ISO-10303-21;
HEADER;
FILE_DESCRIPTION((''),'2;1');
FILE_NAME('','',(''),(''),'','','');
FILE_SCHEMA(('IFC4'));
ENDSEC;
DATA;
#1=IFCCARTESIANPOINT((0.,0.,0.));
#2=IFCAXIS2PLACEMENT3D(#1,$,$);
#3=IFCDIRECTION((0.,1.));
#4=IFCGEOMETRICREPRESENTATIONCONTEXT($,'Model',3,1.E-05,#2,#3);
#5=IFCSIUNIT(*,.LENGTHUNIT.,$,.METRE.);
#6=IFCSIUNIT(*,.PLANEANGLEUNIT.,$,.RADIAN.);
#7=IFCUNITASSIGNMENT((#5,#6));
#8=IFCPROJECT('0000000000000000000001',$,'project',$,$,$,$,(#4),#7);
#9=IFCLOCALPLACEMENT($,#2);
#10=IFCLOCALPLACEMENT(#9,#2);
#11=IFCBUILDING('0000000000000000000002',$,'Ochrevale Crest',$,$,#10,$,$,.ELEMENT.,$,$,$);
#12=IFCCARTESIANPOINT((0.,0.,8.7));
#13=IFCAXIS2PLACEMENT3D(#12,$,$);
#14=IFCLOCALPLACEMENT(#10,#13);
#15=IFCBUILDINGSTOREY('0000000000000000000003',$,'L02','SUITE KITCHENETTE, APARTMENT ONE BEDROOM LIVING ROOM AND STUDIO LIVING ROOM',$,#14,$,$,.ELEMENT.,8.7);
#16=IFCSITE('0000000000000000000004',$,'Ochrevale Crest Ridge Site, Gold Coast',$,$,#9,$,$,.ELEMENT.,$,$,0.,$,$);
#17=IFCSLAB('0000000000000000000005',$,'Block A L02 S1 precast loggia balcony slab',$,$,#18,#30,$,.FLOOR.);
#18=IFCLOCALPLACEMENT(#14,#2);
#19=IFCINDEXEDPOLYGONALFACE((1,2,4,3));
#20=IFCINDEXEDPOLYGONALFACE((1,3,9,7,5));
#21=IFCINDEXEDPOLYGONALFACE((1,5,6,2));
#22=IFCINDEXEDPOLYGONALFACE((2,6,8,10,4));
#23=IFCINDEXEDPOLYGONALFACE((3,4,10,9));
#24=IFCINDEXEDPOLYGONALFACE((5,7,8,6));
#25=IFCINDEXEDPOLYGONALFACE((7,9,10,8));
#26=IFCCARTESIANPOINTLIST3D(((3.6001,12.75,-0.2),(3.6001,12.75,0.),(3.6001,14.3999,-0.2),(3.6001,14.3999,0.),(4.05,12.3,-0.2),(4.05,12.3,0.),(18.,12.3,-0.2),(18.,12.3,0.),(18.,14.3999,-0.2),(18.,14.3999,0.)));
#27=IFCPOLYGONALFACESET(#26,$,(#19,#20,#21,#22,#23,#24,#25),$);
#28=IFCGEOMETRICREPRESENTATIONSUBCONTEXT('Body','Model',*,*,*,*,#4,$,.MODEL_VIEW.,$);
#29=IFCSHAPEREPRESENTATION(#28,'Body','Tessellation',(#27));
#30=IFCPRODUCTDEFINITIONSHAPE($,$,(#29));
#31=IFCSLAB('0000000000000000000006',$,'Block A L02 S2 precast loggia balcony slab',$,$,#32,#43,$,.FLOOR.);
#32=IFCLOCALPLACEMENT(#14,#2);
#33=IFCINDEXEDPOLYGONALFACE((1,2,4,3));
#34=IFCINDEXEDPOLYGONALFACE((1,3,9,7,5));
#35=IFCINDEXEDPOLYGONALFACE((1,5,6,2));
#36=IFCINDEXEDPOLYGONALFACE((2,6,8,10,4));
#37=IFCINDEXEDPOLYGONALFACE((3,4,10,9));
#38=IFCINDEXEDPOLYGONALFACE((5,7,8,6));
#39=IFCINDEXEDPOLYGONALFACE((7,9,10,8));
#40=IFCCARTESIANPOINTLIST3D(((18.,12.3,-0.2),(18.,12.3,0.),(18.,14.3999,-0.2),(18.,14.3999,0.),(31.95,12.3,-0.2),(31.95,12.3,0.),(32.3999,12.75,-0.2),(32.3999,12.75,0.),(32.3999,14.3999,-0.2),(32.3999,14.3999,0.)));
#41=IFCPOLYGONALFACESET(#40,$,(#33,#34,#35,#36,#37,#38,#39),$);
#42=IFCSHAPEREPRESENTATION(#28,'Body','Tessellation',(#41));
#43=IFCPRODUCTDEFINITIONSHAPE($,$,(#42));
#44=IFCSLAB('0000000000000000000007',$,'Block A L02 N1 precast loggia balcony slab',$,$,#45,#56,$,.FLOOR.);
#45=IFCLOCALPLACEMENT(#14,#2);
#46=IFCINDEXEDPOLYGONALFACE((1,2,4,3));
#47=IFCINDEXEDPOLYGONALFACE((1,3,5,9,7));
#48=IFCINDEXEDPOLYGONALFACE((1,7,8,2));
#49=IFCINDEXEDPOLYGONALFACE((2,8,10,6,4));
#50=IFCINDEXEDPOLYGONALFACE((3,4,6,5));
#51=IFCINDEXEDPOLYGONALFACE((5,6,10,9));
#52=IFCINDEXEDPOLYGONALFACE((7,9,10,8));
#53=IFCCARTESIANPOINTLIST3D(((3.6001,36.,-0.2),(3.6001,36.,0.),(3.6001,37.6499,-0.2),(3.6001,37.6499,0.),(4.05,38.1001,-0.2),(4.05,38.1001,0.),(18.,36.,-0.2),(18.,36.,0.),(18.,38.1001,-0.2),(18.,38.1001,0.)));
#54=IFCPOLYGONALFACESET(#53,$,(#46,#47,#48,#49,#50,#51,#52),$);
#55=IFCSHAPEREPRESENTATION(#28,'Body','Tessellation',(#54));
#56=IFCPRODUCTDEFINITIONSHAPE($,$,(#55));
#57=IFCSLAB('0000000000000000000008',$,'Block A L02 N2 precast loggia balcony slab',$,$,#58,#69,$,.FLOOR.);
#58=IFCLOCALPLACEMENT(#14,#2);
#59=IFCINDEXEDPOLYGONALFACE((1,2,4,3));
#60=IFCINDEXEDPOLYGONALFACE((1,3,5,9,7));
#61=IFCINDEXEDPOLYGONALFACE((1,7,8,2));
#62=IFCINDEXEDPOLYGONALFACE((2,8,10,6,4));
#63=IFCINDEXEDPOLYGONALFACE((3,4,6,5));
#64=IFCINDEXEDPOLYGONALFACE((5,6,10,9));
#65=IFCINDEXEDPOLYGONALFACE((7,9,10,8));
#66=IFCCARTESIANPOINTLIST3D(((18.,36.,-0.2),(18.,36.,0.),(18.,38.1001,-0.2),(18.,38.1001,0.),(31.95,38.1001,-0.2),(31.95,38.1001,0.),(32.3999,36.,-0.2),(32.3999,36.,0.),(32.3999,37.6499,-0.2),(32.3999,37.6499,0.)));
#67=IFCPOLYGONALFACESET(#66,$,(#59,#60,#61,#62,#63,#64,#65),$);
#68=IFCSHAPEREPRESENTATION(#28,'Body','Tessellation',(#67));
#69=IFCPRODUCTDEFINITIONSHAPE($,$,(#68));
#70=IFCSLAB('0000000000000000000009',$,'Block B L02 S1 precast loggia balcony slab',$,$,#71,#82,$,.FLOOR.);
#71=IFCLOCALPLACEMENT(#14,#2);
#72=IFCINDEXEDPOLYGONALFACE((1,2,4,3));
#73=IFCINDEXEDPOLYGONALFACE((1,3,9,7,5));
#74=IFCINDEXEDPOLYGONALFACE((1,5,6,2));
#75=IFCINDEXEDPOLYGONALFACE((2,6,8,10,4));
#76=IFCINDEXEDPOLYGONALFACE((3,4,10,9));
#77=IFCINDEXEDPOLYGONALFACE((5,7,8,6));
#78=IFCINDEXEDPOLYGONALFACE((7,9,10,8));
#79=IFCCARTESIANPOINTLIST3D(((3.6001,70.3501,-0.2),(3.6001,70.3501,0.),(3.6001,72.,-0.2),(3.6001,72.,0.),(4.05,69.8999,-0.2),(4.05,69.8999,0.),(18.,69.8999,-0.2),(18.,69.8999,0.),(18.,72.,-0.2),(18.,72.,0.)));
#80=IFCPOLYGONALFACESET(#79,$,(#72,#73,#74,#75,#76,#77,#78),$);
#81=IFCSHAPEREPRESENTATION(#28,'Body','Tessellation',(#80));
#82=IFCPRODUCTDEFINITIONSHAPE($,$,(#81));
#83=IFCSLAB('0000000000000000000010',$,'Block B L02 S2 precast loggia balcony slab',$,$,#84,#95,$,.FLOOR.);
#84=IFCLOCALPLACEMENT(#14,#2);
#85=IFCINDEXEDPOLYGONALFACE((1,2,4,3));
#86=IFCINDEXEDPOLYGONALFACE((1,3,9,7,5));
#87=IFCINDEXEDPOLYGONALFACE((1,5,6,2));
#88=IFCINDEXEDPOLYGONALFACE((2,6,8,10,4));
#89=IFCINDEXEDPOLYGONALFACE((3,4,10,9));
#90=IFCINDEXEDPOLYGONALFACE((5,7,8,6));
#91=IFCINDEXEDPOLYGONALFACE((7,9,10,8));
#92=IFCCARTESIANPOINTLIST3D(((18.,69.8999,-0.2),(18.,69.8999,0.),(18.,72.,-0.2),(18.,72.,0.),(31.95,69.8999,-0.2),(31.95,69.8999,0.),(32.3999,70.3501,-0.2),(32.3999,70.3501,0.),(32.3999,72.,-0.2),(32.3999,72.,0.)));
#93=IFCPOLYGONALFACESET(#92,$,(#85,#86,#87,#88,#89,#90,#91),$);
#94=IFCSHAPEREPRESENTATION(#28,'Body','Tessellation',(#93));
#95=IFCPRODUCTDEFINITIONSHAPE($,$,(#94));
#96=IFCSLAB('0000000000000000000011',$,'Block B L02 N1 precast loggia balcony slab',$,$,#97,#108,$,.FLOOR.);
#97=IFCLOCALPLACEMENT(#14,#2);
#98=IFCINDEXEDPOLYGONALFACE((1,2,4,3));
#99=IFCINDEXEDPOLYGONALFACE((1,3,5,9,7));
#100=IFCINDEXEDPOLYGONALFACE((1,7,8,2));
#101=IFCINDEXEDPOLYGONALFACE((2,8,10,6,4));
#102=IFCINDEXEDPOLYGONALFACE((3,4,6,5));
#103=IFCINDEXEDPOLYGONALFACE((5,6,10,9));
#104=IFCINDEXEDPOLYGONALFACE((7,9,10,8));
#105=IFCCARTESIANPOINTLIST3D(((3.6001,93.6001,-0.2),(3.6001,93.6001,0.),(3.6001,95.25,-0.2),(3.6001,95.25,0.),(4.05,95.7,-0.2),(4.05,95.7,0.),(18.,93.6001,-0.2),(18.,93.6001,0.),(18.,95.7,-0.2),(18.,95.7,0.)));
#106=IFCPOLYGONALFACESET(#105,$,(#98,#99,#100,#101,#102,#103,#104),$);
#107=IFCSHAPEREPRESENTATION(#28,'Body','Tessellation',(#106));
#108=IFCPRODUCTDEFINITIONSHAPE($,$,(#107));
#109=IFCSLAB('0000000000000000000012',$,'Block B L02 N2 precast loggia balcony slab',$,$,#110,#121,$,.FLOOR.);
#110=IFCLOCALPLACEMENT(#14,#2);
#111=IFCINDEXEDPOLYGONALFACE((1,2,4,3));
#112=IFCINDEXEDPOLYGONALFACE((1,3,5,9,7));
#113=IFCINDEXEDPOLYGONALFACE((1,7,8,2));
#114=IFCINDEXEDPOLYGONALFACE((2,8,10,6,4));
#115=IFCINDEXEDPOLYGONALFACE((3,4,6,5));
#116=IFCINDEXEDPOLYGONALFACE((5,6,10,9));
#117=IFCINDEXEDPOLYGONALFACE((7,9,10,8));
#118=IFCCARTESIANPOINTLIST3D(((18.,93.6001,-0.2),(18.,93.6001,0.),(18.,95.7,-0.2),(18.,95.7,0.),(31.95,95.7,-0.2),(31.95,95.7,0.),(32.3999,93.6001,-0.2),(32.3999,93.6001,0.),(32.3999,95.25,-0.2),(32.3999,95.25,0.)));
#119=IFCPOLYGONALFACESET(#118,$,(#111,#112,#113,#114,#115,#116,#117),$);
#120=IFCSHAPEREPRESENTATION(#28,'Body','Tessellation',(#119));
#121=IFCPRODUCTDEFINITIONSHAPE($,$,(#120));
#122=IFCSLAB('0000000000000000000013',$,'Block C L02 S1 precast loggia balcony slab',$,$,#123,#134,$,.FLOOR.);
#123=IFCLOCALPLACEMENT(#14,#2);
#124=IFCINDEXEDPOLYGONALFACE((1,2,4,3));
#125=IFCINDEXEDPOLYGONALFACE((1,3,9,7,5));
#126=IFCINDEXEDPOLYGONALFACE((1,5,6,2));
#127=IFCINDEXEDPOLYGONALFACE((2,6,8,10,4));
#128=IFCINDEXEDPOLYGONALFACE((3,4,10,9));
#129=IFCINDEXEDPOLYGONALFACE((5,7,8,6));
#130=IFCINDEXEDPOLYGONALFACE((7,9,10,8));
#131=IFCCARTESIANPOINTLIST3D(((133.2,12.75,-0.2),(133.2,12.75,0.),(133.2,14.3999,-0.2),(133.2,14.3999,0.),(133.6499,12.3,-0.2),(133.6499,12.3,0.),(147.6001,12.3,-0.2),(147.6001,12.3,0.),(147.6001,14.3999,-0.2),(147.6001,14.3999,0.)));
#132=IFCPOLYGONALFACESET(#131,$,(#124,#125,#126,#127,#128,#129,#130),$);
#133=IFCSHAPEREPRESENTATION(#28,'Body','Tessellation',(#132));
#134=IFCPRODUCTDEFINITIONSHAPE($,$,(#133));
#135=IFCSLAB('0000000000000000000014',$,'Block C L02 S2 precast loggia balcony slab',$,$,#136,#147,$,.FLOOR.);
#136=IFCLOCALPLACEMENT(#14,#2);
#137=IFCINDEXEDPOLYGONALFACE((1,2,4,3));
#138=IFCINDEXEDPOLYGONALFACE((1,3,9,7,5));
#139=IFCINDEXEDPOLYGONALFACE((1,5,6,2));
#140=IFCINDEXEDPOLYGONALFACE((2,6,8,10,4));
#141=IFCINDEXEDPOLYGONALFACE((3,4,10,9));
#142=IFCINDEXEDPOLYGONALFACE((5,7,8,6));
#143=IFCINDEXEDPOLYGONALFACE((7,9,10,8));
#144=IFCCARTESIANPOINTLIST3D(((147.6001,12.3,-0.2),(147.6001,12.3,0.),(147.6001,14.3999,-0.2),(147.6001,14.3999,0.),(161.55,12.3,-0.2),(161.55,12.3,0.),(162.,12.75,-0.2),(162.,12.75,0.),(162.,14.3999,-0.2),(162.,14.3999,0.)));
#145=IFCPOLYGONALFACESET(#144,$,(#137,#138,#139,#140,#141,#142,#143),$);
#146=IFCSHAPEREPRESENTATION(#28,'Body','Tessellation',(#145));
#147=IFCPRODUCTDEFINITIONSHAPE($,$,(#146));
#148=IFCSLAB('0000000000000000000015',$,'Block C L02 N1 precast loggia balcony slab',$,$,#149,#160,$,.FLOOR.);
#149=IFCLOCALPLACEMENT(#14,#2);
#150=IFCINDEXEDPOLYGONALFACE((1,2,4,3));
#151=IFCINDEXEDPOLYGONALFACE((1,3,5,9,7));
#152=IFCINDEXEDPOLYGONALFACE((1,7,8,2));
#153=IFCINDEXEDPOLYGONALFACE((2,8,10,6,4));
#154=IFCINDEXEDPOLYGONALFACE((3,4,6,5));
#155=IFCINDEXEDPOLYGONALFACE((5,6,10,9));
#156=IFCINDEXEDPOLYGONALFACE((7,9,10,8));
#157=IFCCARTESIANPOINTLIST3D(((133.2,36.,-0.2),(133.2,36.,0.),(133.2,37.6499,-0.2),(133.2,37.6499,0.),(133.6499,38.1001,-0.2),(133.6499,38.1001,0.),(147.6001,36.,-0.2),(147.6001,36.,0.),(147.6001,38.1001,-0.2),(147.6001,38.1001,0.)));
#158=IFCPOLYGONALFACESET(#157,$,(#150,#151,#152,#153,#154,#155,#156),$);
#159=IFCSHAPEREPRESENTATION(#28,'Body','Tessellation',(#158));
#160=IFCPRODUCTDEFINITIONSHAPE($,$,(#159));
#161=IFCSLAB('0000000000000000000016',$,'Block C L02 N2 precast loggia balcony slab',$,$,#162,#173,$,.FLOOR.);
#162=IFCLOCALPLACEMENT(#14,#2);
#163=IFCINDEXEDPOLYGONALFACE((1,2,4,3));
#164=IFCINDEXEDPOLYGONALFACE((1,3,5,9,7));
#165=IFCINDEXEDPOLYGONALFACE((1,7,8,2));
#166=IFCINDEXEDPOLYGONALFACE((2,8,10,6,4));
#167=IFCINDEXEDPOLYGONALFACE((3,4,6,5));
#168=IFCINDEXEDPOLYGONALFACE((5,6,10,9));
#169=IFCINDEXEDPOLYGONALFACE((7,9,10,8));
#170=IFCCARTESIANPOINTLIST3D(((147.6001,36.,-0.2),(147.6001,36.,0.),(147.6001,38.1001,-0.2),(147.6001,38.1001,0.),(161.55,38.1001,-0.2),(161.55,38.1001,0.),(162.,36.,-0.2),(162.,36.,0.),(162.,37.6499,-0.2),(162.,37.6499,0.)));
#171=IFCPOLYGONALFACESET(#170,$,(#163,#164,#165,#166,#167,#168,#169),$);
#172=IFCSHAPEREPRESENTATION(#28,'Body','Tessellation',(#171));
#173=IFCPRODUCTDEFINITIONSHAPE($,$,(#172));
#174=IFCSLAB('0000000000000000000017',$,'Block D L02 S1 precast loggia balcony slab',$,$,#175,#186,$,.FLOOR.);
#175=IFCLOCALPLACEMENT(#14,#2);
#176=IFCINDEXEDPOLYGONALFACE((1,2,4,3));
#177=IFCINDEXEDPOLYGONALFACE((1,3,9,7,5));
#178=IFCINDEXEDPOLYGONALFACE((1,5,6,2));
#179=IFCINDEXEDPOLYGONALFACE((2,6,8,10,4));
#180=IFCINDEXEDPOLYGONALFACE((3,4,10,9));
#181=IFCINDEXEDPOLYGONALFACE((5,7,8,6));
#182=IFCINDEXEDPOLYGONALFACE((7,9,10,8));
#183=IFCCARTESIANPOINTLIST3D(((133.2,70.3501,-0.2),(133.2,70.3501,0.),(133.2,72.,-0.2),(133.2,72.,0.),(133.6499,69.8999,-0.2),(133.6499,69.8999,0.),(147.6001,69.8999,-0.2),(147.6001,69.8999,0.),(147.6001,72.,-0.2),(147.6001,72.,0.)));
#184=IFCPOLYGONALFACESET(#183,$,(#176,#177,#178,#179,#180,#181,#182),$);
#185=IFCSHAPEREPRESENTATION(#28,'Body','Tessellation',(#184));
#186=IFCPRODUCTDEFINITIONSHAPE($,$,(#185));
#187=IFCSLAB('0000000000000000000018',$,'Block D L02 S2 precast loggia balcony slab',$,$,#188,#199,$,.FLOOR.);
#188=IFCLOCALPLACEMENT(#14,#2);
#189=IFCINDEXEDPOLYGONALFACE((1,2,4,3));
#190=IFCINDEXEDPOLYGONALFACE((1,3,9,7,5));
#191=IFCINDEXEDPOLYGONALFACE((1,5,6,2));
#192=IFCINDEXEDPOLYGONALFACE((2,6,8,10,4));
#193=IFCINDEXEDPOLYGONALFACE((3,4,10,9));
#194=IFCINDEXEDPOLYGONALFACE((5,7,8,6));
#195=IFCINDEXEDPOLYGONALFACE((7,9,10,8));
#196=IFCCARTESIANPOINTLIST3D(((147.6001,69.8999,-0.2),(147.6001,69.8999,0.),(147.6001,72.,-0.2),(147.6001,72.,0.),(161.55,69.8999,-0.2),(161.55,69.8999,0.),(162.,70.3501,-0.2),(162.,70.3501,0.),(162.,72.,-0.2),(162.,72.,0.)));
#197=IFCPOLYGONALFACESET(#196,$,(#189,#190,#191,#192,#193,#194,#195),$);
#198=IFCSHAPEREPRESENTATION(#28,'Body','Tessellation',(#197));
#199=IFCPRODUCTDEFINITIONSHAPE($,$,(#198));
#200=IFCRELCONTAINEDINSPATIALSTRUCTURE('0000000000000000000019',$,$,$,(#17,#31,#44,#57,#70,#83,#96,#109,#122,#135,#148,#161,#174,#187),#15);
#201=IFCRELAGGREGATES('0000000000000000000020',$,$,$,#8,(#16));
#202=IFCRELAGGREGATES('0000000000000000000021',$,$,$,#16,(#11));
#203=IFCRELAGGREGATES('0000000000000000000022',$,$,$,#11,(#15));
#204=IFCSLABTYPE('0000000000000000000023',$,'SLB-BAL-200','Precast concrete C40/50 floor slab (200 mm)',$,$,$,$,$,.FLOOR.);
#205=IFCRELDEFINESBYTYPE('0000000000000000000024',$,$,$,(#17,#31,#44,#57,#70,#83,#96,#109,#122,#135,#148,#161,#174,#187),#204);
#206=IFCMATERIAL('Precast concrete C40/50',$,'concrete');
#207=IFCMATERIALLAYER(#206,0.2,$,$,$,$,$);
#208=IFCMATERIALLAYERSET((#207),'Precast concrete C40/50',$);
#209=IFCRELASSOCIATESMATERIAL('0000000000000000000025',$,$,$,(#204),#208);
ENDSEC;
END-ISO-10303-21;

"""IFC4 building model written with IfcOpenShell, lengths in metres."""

from ifc_helpers import new_model, si_unit, direction, frame, origin, place, context, subcontext, project, spatial, polyline, outline, extrude, material, layer, layer_set, type_object, element, save


model = new_model("IFC4")

# Units and contexts
model_context = context("Model", 3, precision=1e-05, world=origin(), true_north=direction((0.0, 1.0)))
body_context = subcontext(model_context, "Body", "Model", "MODEL_VIEW")
ifc_project = project(units=[si_unit("LENGTHUNIT", "METRE"), si_unit("PLANEANGLEUNIT", "RADIAN")], contexts=[model_context])

# Site, building, storey
site_placement = place(None, origin())
site = spatial("IfcSite", under=ifc_project, at=site_placement, Name="Ochrevale Crest Ridge Site, Gold Coast", CompositionType="ELEMENT", RefElevation=0.0)
building_placement = place(site_placement, origin())
building = spatial("IfcBuilding", under=site, at=building_placement, Name="Ochrevale Crest", CompositionType="ELEMENT")
storey_placement = place(building_placement, frame((0.0, 0.0, 8.7)))
storey = spatial("IfcBuildingStorey", under=building, at=storey_placement, Name="L02", Description="SUITE KITCHENETTE, APARTMENT ONE BEDROOM LIVING ROOM AND STUDIO LIVING ROOM", CompositionType="ELEMENT", Elevation=8.7)

# Slabs
ifc_material_1 = material(Name="Precast concrete C40/50", Category="concrete")
ifc_layer_1 = layer(ifc_material_1, 0.2)
ifc_layer_set_1 = layer_set([ifc_layer_1], Name="Precast concrete C40/50")
slab_type_1 = type_object("IfcSlabType", Name="SLB-BAL-200", Description="Precast concrete C40/50 floor slab (200 mm)", PredefinedType="FLOOR", material=ifc_layer_set_1)
slab_1_placement = place(storey_placement, frame((0.0, 0.0, -0.2)))
element("IfcSlab", 1, at=slab_1_placement, inside=storey, type_object=slab_type_1, Name="Block A L02 S1 precast loggia balcony slab", PredefinedType="FLOOR", context=body_context, shape_type="SweptSolid", body=[
    extrude(outline(polyline([(4.05, 12.3), (18.0, 12.3), (18.0, 14.3999), (3.6001, 14.3999), (3.6001, 12.75), (4.05, 12.3)])), origin(), (0.0, 0.0, 1.0), 0.2),
])
slab_2_placement = place(storey_placement, frame((0.0, 0.0, -0.2)))
element("IfcSlab", 2, at=slab_2_placement, inside=storey, type_object=slab_type_1, Name="Block A L02 S2 precast loggia balcony slab", PredefinedType="FLOOR", context=body_context, shape_type="SweptSolid", body=[
    extrude(outline(polyline([(18.0, 12.3), (31.95, 12.3), (32.3999, 12.75), (32.3999, 14.3999), (18.0, 14.3999), (18.0, 12.3)])), origin(), (0.0, 0.0, 1.0), 0.2),
])
slab_3_placement = place(storey_placement, frame((0.0, 0.0, -0.2)))
element("IfcSlab", 3, at=slab_3_placement, inside=storey, type_object=slab_type_1, Name="Block A L02 N1 precast loggia balcony slab", PredefinedType="FLOOR", context=body_context, shape_type="SweptSolid", body=[
    extrude(outline(polyline([(3.6001, 36.0), (18.0, 36.0), (18.0, 38.1001), (4.05, 38.1001), (3.6001, 37.6499), (3.6001, 36.0)])), origin(), (0.0, 0.0, 1.0), 0.2),
])
slab_4_placement = place(storey_placement, frame((0.0, 0.0, -0.2)))
element("IfcSlab", 4, at=slab_4_placement, inside=storey, type_object=slab_type_1, Name="Block A L02 N2 precast loggia balcony slab", PredefinedType="FLOOR", context=body_context, shape_type="SweptSolid", body=[
    extrude(outline(polyline([(18.0, 36.0), (32.3999, 36.0), (32.3999, 37.6499), (31.95, 38.1001), (18.0, 38.1001), (18.0, 36.0)])), origin(), (0.0, 0.0, 1.0), 0.2),
])
slab_5_placement = place(storey_placement, frame((0.0, 0.0, -0.2)))
element("IfcSlab", 5, at=slab_5_placement, inside=storey, type_object=slab_type_1, Name="Block B L02 S1 precast loggia balcony slab", PredefinedType="FLOOR", context=body_context, shape_type="SweptSolid", body=[
    extrude(outline(polyline([(4.05, 69.8999), (18.0, 69.8999), (18.0, 72.0), (3.6001, 72.0), (3.6001, 70.3501), (4.05, 69.8999)])), origin(), (0.0, 0.0, 1.0), 0.2),
])
slab_6_placement = place(storey_placement, frame((0.0, 0.0, -0.2)))
element("IfcSlab", 6, at=slab_6_placement, inside=storey, type_object=slab_type_1, Name="Block B L02 S2 precast loggia balcony slab", PredefinedType="FLOOR", context=body_context, shape_type="SweptSolid", body=[
    extrude(outline(polyline([(18.0, 69.8999), (31.95, 69.8999), (32.3999, 70.3501), (32.3999, 72.0), (18.0, 72.0), (18.0, 69.8999)])), origin(), (0.0, 0.0, 1.0), 0.2),
])
slab_7_placement = place(storey_placement, frame((0.0, 0.0, -0.2)))
element("IfcSlab", 7, at=slab_7_placement, inside=storey, type_object=slab_type_1, Name="Block B L02 N1 precast loggia balcony slab", PredefinedType="FLOOR", context=body_context, shape_type="SweptSolid", body=[
    extrude(outline(polyline([(3.6001, 93.6001), (18.0, 93.6001), (18.0, 95.7), (4.05, 95.7), (3.6001, 95.25), (3.6001, 93.6001)])), origin(), (0.0, 0.0, 1.0), 0.2),
])
slab_8_placement = place(storey_placement, frame((0.0, 0.0, -0.2)))
element("IfcSlab", 8, at=slab_8_placement, inside=storey, type_object=slab_type_1, Name="Block B L02 N2 precast loggia balcony slab", PredefinedType="FLOOR", context=body_context, shape_type="SweptSolid", body=[
    extrude(outline(polyline([(18.0, 93.6001), (32.3999, 93.6001), (32.3999, 95.25), (31.95, 95.7), (18.0, 95.7), (18.0, 93.6001)])), origin(), (0.0, 0.0, 1.0), 0.2),
])
slab_9_placement = place(storey_placement, frame((0.0, 0.0, -0.2)))
element("IfcSlab", 9, at=slab_9_placement, inside=storey, type_object=slab_type_1, Name="Block C L02 S1 precast loggia balcony slab", PredefinedType="FLOOR", context=body_context, shape_type="SweptSolid", body=[
    extrude(outline(polyline([(133.6499, 12.3), (147.6001, 12.3), (147.6001, 14.3999), (133.2, 14.3999), (133.2, 12.75), (133.6499, 12.3)])), origin(), (0.0, 0.0, 1.0), 0.2),
])
slab_10_placement = place(storey_placement, frame((0.0, 0.0, -0.2)))
element("IfcSlab", 10, at=slab_10_placement, inside=storey, type_object=slab_type_1, Name="Block C L02 S2 precast loggia balcony slab", PredefinedType="FLOOR", context=body_context, shape_type="SweptSolid", body=[
    extrude(outline(polyline([(147.6001, 12.3), (161.55, 12.3), (162.0, 12.75), (162.0, 14.3999), (147.6001, 14.3999), (147.6001, 12.3)])), origin(), (0.0, 0.0, 1.0), 0.2),
])
slab_11_placement = place(storey_placement, frame((0.0, 0.0, -0.2)))
element("IfcSlab", 11, at=slab_11_placement, inside=storey, type_object=slab_type_1, Name="Block C L02 N1 precast loggia balcony slab", PredefinedType="FLOOR", context=body_context, shape_type="SweptSolid", body=[
    extrude(outline(polyline([(133.2, 36.0), (147.6001, 36.0), (147.6001, 38.1001), (133.6499, 38.1001), (133.2, 37.6499), (133.2, 36.0)])), origin(), (0.0, 0.0, 1.0), 0.2),
])
slab_12_placement = place(storey_placement, frame((0.0, 0.0, -0.2)))
element("IfcSlab", 12, at=slab_12_placement, inside=storey, type_object=slab_type_1, Name="Block C L02 N2 precast loggia balcony slab", PredefinedType="FLOOR", context=body_context, shape_type="SweptSolid", body=[
    extrude(outline(polyline([(147.6001, 36.0), (162.0, 36.0), (162.0, 37.6499), (161.55, 38.1001), (147.6001, 38.1001), (147.6001, 36.0)])), origin(), (0.0, 0.0, 1.0), 0.2),
])
slab_13_placement = place(storey_placement, frame((0.0, 0.0, -0.2)))
element("IfcSlab", 13, at=slab_13_placement, inside=storey, type_object=slab_type_1, Name="Block D L02 S1 precast loggia balcony slab", PredefinedType="FLOOR", context=body_context, shape_type="SweptSolid", body=[
    extrude(outline(polyline([(133.6499, 69.8999), (147.6001, 69.8999), (147.6001, 72.0), (133.2, 72.0), (133.2, 70.3501), (133.6499, 69.8999)])), origin(), (0.0, 0.0, 1.0), 0.2),
])
slab_14_placement = place(storey_placement, frame((0.0, 0.0, -0.2)))
element("IfcSlab", 14, at=slab_14_placement, inside=storey, type_object=slab_type_1, Name="Block D L02 S2 precast loggia balcony slab", PredefinedType="FLOOR", context=body_context, shape_type="SweptSolid", body=[
    extrude(outline(polyline([(147.6001, 69.8999), (161.55, 69.8999), (162.0, 70.3501), (162.0, 72.0), (147.6001, 72.0), (147.6001, 69.8999)])), origin(), (0.0, 0.0, 1.0), 0.2),
])

save(model, "model.ifc")
